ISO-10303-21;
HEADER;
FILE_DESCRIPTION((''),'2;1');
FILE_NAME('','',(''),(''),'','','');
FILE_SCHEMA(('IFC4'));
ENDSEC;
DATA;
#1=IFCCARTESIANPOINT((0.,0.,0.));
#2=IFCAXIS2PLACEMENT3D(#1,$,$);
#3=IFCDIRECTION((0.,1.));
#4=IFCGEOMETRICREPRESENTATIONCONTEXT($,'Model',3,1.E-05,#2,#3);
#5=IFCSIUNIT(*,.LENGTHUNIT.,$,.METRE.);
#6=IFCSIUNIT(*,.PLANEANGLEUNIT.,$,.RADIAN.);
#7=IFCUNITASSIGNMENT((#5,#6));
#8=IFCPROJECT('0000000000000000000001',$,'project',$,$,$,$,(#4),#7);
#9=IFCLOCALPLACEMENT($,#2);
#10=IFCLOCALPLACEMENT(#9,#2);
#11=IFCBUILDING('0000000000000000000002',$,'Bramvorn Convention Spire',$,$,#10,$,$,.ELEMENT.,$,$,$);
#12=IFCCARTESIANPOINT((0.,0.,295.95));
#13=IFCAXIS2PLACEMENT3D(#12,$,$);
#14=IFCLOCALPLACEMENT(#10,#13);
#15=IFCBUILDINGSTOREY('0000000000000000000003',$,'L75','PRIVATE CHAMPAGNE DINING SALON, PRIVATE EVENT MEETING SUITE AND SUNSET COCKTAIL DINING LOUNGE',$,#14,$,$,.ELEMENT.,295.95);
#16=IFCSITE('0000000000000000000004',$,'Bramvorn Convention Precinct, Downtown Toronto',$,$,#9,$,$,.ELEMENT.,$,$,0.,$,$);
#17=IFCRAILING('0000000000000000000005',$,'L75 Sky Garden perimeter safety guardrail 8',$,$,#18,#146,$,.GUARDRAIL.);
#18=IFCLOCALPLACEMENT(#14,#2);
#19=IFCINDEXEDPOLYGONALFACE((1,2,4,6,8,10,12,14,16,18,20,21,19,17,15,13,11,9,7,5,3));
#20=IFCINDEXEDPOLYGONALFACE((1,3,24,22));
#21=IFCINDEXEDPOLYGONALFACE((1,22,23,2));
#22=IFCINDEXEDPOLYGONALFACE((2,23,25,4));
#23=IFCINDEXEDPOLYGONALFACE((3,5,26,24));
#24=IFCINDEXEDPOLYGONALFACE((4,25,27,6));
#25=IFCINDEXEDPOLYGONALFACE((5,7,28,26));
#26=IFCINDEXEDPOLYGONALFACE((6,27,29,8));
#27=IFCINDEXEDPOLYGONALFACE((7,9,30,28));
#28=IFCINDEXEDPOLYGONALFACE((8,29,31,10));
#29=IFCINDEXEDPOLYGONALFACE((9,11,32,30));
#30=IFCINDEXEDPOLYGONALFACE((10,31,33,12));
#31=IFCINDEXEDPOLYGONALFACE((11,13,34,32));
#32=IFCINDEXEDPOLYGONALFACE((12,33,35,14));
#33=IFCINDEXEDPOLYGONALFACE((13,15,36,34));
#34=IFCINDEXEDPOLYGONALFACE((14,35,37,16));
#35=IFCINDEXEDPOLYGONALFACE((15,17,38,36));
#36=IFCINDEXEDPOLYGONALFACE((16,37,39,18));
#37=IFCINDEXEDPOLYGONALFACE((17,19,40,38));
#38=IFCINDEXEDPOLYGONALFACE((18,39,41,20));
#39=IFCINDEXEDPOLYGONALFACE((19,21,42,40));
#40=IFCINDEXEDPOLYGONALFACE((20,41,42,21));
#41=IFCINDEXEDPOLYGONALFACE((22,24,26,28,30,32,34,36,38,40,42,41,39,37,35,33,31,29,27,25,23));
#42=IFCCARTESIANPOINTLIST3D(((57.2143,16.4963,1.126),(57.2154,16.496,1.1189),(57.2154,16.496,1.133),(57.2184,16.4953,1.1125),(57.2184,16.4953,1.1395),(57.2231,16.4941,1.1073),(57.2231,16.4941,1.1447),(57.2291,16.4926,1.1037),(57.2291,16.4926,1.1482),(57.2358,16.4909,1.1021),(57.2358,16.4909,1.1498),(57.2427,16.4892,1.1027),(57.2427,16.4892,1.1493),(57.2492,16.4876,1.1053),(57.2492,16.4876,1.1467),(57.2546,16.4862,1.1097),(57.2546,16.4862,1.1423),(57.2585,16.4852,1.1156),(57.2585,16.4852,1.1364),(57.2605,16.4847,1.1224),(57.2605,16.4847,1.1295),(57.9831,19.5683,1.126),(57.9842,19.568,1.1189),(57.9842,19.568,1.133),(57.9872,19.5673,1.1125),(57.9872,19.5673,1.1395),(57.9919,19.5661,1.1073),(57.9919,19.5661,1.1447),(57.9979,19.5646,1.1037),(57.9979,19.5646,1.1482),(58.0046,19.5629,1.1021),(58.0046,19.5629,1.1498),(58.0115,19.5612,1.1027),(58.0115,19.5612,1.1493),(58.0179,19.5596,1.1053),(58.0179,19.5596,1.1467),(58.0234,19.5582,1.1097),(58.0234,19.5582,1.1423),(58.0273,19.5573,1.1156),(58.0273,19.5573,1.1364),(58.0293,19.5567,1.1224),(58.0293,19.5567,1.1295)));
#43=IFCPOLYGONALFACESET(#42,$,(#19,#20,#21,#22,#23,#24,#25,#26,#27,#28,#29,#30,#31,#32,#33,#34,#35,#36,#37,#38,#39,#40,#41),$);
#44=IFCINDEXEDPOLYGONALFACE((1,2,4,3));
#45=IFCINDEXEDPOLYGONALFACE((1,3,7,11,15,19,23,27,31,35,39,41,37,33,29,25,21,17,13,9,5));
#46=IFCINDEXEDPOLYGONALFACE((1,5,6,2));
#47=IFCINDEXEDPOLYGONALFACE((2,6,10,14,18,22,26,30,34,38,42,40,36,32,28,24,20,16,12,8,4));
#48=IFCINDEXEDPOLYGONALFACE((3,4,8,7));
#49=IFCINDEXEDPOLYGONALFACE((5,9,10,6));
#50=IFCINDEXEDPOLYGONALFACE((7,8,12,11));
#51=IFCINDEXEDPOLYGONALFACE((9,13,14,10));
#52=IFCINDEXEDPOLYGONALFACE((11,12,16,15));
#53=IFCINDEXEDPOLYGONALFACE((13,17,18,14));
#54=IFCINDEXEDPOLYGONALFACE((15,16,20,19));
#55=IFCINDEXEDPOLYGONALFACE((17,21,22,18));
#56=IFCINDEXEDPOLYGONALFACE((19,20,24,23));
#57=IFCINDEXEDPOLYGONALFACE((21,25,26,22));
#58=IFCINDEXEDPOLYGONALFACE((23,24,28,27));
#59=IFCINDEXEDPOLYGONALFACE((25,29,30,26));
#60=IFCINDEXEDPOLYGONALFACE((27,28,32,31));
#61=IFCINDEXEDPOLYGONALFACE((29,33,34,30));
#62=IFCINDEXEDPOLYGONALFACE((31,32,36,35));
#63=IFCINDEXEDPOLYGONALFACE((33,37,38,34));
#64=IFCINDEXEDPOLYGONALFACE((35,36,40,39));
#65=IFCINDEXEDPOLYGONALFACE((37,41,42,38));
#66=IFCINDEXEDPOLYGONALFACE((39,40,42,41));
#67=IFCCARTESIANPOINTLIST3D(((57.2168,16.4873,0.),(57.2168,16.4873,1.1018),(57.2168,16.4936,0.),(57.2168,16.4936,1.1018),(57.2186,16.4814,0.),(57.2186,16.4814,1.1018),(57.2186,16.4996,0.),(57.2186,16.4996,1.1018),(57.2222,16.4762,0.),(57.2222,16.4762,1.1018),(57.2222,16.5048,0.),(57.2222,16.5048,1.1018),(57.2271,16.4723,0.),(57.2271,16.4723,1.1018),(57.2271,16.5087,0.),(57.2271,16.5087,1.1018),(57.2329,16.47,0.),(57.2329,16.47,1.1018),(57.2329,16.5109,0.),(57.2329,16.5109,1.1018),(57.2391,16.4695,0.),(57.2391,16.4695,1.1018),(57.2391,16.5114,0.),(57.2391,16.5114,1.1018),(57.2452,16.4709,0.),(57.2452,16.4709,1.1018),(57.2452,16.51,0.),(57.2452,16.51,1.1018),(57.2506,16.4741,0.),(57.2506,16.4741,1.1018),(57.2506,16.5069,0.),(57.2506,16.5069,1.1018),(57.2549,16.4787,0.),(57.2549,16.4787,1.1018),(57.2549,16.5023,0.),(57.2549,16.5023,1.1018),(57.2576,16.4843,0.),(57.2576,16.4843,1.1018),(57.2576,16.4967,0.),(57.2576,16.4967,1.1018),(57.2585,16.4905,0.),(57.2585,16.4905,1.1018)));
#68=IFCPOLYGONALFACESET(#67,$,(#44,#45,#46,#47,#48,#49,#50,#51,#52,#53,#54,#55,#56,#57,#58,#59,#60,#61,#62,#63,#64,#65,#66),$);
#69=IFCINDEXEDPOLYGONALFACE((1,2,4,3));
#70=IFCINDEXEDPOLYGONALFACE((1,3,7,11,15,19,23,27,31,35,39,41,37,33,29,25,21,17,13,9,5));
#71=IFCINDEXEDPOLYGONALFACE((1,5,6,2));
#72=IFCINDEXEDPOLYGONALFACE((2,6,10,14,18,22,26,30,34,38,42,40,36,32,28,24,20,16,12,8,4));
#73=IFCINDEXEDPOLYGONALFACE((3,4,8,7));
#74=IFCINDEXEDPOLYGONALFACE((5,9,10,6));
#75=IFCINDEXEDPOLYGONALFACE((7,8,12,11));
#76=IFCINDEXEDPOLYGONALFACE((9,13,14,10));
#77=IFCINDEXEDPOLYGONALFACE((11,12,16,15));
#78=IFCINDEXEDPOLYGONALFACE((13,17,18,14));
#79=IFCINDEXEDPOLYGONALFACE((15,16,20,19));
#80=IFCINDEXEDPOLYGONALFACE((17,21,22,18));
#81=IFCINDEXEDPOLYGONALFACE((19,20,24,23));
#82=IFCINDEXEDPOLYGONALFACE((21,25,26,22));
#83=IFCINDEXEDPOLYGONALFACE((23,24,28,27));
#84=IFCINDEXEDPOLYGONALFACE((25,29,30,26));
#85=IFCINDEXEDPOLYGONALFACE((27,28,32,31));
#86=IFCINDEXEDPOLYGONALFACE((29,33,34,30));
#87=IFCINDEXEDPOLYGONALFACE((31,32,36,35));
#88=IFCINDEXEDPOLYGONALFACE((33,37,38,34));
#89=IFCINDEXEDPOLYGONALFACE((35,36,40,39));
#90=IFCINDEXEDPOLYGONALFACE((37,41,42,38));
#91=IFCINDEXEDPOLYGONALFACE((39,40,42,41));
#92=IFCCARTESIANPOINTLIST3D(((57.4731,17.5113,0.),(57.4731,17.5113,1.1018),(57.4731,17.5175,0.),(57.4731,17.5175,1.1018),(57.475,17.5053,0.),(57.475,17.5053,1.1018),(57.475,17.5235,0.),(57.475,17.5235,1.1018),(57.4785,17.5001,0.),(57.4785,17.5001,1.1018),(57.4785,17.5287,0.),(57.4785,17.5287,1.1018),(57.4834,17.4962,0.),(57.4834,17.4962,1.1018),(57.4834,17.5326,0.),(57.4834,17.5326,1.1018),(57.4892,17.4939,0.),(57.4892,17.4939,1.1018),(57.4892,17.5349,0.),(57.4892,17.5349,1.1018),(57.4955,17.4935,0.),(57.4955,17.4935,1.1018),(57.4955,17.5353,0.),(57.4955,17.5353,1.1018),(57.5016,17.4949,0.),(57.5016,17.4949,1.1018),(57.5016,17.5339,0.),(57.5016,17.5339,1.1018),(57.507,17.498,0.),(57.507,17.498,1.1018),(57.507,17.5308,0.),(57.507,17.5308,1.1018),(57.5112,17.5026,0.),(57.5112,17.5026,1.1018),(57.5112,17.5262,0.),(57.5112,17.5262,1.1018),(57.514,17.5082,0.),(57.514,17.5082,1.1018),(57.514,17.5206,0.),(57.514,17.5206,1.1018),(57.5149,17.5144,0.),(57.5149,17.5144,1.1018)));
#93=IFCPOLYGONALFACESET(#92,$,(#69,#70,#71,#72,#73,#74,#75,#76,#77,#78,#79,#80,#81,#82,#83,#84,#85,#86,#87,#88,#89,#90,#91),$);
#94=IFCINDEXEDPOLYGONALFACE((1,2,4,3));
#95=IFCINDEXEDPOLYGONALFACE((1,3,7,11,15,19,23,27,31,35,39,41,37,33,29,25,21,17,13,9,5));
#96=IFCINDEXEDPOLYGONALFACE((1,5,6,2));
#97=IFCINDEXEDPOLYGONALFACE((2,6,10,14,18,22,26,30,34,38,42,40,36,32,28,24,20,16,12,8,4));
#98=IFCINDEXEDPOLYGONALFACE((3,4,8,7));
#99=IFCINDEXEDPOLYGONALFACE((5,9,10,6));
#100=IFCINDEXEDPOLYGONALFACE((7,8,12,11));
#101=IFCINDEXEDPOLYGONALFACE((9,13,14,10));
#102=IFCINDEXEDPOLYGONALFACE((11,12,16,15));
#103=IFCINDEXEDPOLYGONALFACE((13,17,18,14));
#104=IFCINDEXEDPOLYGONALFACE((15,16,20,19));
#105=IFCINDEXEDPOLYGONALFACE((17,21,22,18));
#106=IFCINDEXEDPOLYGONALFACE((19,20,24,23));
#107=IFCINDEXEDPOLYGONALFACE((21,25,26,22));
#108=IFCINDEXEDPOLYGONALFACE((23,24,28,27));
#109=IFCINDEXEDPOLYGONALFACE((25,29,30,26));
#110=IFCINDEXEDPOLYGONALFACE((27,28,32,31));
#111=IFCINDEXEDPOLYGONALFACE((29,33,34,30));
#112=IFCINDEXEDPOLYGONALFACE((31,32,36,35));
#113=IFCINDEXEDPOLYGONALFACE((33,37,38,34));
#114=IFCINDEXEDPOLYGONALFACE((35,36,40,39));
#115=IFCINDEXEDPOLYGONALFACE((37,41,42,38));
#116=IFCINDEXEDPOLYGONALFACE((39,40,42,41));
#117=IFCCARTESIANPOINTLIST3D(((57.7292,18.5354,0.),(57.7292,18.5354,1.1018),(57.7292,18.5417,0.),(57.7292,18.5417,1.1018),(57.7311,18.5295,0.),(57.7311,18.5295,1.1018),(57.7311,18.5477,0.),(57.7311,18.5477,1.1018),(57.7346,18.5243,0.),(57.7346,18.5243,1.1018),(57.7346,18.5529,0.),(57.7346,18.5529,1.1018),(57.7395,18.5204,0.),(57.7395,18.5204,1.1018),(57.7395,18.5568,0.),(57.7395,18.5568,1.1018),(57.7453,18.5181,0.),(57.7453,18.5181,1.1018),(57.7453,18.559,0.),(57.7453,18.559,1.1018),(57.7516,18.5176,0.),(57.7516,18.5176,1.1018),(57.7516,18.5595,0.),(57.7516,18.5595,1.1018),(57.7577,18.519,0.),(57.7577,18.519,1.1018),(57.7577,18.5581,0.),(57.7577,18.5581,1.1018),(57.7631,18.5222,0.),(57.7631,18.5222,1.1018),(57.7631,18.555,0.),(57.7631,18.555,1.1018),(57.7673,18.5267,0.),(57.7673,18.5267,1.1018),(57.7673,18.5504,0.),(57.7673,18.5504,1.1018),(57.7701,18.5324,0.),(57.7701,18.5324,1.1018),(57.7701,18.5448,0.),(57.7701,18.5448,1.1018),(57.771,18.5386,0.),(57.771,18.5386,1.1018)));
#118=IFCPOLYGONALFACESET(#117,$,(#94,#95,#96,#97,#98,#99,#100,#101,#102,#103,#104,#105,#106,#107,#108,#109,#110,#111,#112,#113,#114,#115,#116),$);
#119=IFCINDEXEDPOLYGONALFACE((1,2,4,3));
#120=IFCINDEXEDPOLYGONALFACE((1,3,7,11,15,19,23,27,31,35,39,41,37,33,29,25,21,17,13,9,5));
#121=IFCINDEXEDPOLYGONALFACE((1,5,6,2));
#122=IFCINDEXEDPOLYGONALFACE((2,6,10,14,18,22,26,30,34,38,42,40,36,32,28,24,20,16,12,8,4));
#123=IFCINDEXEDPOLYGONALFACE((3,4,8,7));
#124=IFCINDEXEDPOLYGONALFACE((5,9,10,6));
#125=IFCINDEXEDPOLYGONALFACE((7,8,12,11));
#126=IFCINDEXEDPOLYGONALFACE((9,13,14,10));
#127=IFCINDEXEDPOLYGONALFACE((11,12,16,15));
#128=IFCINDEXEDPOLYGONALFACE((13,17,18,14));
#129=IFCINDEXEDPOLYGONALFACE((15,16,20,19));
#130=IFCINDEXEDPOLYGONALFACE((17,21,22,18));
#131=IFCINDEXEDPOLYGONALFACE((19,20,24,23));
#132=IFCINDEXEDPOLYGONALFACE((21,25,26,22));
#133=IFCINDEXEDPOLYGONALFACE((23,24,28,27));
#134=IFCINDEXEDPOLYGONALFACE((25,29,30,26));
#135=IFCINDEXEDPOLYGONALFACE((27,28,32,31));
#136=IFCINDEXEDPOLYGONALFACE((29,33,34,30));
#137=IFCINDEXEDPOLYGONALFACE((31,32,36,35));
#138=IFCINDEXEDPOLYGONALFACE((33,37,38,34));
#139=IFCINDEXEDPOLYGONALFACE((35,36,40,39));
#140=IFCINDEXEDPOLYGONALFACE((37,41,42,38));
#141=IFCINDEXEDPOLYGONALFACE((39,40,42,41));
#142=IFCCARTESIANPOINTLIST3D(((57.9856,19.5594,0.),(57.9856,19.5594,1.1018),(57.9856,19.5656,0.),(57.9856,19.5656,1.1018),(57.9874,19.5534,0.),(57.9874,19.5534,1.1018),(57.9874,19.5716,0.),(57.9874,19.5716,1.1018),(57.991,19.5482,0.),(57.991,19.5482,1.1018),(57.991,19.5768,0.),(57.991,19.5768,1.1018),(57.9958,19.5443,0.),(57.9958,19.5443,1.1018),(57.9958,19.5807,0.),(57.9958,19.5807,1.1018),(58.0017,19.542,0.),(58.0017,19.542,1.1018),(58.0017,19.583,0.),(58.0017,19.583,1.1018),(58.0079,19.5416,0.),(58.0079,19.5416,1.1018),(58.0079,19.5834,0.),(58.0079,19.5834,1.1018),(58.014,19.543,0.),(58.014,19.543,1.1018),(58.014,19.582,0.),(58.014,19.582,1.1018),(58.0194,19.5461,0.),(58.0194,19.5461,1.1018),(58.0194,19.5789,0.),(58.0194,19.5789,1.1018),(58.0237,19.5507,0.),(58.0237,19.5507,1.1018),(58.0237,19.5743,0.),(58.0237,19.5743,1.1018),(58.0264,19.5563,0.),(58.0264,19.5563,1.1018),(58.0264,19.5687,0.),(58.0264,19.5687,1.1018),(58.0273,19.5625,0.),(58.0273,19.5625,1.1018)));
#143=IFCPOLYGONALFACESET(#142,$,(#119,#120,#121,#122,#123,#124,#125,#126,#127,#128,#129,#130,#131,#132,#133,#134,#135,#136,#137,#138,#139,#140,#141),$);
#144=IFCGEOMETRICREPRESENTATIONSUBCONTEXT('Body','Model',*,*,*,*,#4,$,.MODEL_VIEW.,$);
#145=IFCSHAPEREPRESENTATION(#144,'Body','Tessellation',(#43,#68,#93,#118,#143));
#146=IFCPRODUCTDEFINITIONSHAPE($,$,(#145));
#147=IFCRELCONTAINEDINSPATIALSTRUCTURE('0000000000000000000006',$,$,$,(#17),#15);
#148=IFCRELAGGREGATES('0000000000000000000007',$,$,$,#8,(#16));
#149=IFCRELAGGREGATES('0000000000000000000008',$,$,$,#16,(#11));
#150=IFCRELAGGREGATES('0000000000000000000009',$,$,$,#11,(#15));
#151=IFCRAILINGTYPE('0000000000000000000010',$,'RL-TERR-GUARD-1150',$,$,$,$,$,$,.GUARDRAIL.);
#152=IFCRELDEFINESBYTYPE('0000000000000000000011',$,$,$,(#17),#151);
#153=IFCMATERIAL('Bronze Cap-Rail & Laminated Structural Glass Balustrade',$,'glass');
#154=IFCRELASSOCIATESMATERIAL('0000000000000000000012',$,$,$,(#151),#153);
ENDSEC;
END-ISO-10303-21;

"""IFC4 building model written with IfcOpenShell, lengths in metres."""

from ifc_helpers import new_model, si_unit, direction, frame, origin, origin_2d, place, context, subcontext, project, spatial, circle, extrude, material, type_object, element, save


model = new_model("IFC4")

# Units and contexts
model_context = context("Model", 3, precision=1e-05, world=origin(), true_north=direction((0.0, 1.0)))
body_context = subcontext(model_context, "Body", "Model", "MODEL_VIEW")
ifc_project = project(units=[si_unit("LENGTHUNIT", "METRE"), si_unit("PLANEANGLEUNIT", "RADIAN")], contexts=[model_context])

# Site, building, storey
site_placement = place(None, origin())
site = spatial("IfcSite", under=ifc_project, at=site_placement, Name="Bramvorn Convention Precinct, Downtown Toronto", CompositionType="ELEMENT", RefElevation=0.0)
building_placement = place(site_placement, origin())
building = spatial("IfcBuilding", under=site, at=building_placement, Name="Bramvorn Convention Spire", CompositionType="ELEMENT")
storey_placement = place(building_placement, frame((0.0, 0.0, 295.95)))
storey = spatial("IfcBuildingStorey", under=building, at=storey_placement, Name="L75", Description="PRIVATE CHAMPAGNE DINING SALON, PRIVATE EVENT MEETING SUITE AND SUNSET COCKTAIL DINING LOUNGE", CompositionType="ELEMENT", Elevation=295.95)

# Railing
ifc_material_1 = material(Name="Bronze Cap-Rail & Laminated Structural Glass Balustrade", Category="glass")
railing_type = type_object("IfcRailingType", Name="RL-TERR-GUARD-1150", PredefinedType="GUARDRAIL", material=ifc_material_1)
railing_1_placement = place(storey_placement, frame((57.2375, 16.4905, 0.0)))
element("IfcRailing", 1, at=railing_1_placement, inside=storey, type_object=railing_type, Name="L75 Sky Garden perimeter safety guardrail 8", PredefinedType="GUARDRAIL", context=body_context, shape_type="SweptSolid", body=[
    extrude(circle(Radius=0.0239, at=origin_2d()), frame((0.0, 0.0, 1.126), z_axis=(0.242771, 0.970084, 0.0), x_axis=(-0.970084, 0.242771, 0.0)), (0.0, 0.0, 1.0), 3.1667),
    extrude(circle(Radius=0.021, at=origin_2d()), origin(), (0.0, 0.0, 1.0), 1.1018),
    extrude(circle(Radius=0.021, at=origin_2d()), frame((0.2563, 1.0239, 0.0)), (0.0, 0.0, 1.0), 1.1018),
    extrude(circle(Radius=0.021, at=origin_2d()), frame((0.5125, 2.0481, 0.0)), (0.0, 0.0, 1.0), 1.1018),
    extrude(circle(Radius=0.021, at=origin_2d()), frame((0.7688, 3.072, 0.0)), (0.0, 0.0, 1.0), 1.1018),
])

save(model, "model.ifc")
